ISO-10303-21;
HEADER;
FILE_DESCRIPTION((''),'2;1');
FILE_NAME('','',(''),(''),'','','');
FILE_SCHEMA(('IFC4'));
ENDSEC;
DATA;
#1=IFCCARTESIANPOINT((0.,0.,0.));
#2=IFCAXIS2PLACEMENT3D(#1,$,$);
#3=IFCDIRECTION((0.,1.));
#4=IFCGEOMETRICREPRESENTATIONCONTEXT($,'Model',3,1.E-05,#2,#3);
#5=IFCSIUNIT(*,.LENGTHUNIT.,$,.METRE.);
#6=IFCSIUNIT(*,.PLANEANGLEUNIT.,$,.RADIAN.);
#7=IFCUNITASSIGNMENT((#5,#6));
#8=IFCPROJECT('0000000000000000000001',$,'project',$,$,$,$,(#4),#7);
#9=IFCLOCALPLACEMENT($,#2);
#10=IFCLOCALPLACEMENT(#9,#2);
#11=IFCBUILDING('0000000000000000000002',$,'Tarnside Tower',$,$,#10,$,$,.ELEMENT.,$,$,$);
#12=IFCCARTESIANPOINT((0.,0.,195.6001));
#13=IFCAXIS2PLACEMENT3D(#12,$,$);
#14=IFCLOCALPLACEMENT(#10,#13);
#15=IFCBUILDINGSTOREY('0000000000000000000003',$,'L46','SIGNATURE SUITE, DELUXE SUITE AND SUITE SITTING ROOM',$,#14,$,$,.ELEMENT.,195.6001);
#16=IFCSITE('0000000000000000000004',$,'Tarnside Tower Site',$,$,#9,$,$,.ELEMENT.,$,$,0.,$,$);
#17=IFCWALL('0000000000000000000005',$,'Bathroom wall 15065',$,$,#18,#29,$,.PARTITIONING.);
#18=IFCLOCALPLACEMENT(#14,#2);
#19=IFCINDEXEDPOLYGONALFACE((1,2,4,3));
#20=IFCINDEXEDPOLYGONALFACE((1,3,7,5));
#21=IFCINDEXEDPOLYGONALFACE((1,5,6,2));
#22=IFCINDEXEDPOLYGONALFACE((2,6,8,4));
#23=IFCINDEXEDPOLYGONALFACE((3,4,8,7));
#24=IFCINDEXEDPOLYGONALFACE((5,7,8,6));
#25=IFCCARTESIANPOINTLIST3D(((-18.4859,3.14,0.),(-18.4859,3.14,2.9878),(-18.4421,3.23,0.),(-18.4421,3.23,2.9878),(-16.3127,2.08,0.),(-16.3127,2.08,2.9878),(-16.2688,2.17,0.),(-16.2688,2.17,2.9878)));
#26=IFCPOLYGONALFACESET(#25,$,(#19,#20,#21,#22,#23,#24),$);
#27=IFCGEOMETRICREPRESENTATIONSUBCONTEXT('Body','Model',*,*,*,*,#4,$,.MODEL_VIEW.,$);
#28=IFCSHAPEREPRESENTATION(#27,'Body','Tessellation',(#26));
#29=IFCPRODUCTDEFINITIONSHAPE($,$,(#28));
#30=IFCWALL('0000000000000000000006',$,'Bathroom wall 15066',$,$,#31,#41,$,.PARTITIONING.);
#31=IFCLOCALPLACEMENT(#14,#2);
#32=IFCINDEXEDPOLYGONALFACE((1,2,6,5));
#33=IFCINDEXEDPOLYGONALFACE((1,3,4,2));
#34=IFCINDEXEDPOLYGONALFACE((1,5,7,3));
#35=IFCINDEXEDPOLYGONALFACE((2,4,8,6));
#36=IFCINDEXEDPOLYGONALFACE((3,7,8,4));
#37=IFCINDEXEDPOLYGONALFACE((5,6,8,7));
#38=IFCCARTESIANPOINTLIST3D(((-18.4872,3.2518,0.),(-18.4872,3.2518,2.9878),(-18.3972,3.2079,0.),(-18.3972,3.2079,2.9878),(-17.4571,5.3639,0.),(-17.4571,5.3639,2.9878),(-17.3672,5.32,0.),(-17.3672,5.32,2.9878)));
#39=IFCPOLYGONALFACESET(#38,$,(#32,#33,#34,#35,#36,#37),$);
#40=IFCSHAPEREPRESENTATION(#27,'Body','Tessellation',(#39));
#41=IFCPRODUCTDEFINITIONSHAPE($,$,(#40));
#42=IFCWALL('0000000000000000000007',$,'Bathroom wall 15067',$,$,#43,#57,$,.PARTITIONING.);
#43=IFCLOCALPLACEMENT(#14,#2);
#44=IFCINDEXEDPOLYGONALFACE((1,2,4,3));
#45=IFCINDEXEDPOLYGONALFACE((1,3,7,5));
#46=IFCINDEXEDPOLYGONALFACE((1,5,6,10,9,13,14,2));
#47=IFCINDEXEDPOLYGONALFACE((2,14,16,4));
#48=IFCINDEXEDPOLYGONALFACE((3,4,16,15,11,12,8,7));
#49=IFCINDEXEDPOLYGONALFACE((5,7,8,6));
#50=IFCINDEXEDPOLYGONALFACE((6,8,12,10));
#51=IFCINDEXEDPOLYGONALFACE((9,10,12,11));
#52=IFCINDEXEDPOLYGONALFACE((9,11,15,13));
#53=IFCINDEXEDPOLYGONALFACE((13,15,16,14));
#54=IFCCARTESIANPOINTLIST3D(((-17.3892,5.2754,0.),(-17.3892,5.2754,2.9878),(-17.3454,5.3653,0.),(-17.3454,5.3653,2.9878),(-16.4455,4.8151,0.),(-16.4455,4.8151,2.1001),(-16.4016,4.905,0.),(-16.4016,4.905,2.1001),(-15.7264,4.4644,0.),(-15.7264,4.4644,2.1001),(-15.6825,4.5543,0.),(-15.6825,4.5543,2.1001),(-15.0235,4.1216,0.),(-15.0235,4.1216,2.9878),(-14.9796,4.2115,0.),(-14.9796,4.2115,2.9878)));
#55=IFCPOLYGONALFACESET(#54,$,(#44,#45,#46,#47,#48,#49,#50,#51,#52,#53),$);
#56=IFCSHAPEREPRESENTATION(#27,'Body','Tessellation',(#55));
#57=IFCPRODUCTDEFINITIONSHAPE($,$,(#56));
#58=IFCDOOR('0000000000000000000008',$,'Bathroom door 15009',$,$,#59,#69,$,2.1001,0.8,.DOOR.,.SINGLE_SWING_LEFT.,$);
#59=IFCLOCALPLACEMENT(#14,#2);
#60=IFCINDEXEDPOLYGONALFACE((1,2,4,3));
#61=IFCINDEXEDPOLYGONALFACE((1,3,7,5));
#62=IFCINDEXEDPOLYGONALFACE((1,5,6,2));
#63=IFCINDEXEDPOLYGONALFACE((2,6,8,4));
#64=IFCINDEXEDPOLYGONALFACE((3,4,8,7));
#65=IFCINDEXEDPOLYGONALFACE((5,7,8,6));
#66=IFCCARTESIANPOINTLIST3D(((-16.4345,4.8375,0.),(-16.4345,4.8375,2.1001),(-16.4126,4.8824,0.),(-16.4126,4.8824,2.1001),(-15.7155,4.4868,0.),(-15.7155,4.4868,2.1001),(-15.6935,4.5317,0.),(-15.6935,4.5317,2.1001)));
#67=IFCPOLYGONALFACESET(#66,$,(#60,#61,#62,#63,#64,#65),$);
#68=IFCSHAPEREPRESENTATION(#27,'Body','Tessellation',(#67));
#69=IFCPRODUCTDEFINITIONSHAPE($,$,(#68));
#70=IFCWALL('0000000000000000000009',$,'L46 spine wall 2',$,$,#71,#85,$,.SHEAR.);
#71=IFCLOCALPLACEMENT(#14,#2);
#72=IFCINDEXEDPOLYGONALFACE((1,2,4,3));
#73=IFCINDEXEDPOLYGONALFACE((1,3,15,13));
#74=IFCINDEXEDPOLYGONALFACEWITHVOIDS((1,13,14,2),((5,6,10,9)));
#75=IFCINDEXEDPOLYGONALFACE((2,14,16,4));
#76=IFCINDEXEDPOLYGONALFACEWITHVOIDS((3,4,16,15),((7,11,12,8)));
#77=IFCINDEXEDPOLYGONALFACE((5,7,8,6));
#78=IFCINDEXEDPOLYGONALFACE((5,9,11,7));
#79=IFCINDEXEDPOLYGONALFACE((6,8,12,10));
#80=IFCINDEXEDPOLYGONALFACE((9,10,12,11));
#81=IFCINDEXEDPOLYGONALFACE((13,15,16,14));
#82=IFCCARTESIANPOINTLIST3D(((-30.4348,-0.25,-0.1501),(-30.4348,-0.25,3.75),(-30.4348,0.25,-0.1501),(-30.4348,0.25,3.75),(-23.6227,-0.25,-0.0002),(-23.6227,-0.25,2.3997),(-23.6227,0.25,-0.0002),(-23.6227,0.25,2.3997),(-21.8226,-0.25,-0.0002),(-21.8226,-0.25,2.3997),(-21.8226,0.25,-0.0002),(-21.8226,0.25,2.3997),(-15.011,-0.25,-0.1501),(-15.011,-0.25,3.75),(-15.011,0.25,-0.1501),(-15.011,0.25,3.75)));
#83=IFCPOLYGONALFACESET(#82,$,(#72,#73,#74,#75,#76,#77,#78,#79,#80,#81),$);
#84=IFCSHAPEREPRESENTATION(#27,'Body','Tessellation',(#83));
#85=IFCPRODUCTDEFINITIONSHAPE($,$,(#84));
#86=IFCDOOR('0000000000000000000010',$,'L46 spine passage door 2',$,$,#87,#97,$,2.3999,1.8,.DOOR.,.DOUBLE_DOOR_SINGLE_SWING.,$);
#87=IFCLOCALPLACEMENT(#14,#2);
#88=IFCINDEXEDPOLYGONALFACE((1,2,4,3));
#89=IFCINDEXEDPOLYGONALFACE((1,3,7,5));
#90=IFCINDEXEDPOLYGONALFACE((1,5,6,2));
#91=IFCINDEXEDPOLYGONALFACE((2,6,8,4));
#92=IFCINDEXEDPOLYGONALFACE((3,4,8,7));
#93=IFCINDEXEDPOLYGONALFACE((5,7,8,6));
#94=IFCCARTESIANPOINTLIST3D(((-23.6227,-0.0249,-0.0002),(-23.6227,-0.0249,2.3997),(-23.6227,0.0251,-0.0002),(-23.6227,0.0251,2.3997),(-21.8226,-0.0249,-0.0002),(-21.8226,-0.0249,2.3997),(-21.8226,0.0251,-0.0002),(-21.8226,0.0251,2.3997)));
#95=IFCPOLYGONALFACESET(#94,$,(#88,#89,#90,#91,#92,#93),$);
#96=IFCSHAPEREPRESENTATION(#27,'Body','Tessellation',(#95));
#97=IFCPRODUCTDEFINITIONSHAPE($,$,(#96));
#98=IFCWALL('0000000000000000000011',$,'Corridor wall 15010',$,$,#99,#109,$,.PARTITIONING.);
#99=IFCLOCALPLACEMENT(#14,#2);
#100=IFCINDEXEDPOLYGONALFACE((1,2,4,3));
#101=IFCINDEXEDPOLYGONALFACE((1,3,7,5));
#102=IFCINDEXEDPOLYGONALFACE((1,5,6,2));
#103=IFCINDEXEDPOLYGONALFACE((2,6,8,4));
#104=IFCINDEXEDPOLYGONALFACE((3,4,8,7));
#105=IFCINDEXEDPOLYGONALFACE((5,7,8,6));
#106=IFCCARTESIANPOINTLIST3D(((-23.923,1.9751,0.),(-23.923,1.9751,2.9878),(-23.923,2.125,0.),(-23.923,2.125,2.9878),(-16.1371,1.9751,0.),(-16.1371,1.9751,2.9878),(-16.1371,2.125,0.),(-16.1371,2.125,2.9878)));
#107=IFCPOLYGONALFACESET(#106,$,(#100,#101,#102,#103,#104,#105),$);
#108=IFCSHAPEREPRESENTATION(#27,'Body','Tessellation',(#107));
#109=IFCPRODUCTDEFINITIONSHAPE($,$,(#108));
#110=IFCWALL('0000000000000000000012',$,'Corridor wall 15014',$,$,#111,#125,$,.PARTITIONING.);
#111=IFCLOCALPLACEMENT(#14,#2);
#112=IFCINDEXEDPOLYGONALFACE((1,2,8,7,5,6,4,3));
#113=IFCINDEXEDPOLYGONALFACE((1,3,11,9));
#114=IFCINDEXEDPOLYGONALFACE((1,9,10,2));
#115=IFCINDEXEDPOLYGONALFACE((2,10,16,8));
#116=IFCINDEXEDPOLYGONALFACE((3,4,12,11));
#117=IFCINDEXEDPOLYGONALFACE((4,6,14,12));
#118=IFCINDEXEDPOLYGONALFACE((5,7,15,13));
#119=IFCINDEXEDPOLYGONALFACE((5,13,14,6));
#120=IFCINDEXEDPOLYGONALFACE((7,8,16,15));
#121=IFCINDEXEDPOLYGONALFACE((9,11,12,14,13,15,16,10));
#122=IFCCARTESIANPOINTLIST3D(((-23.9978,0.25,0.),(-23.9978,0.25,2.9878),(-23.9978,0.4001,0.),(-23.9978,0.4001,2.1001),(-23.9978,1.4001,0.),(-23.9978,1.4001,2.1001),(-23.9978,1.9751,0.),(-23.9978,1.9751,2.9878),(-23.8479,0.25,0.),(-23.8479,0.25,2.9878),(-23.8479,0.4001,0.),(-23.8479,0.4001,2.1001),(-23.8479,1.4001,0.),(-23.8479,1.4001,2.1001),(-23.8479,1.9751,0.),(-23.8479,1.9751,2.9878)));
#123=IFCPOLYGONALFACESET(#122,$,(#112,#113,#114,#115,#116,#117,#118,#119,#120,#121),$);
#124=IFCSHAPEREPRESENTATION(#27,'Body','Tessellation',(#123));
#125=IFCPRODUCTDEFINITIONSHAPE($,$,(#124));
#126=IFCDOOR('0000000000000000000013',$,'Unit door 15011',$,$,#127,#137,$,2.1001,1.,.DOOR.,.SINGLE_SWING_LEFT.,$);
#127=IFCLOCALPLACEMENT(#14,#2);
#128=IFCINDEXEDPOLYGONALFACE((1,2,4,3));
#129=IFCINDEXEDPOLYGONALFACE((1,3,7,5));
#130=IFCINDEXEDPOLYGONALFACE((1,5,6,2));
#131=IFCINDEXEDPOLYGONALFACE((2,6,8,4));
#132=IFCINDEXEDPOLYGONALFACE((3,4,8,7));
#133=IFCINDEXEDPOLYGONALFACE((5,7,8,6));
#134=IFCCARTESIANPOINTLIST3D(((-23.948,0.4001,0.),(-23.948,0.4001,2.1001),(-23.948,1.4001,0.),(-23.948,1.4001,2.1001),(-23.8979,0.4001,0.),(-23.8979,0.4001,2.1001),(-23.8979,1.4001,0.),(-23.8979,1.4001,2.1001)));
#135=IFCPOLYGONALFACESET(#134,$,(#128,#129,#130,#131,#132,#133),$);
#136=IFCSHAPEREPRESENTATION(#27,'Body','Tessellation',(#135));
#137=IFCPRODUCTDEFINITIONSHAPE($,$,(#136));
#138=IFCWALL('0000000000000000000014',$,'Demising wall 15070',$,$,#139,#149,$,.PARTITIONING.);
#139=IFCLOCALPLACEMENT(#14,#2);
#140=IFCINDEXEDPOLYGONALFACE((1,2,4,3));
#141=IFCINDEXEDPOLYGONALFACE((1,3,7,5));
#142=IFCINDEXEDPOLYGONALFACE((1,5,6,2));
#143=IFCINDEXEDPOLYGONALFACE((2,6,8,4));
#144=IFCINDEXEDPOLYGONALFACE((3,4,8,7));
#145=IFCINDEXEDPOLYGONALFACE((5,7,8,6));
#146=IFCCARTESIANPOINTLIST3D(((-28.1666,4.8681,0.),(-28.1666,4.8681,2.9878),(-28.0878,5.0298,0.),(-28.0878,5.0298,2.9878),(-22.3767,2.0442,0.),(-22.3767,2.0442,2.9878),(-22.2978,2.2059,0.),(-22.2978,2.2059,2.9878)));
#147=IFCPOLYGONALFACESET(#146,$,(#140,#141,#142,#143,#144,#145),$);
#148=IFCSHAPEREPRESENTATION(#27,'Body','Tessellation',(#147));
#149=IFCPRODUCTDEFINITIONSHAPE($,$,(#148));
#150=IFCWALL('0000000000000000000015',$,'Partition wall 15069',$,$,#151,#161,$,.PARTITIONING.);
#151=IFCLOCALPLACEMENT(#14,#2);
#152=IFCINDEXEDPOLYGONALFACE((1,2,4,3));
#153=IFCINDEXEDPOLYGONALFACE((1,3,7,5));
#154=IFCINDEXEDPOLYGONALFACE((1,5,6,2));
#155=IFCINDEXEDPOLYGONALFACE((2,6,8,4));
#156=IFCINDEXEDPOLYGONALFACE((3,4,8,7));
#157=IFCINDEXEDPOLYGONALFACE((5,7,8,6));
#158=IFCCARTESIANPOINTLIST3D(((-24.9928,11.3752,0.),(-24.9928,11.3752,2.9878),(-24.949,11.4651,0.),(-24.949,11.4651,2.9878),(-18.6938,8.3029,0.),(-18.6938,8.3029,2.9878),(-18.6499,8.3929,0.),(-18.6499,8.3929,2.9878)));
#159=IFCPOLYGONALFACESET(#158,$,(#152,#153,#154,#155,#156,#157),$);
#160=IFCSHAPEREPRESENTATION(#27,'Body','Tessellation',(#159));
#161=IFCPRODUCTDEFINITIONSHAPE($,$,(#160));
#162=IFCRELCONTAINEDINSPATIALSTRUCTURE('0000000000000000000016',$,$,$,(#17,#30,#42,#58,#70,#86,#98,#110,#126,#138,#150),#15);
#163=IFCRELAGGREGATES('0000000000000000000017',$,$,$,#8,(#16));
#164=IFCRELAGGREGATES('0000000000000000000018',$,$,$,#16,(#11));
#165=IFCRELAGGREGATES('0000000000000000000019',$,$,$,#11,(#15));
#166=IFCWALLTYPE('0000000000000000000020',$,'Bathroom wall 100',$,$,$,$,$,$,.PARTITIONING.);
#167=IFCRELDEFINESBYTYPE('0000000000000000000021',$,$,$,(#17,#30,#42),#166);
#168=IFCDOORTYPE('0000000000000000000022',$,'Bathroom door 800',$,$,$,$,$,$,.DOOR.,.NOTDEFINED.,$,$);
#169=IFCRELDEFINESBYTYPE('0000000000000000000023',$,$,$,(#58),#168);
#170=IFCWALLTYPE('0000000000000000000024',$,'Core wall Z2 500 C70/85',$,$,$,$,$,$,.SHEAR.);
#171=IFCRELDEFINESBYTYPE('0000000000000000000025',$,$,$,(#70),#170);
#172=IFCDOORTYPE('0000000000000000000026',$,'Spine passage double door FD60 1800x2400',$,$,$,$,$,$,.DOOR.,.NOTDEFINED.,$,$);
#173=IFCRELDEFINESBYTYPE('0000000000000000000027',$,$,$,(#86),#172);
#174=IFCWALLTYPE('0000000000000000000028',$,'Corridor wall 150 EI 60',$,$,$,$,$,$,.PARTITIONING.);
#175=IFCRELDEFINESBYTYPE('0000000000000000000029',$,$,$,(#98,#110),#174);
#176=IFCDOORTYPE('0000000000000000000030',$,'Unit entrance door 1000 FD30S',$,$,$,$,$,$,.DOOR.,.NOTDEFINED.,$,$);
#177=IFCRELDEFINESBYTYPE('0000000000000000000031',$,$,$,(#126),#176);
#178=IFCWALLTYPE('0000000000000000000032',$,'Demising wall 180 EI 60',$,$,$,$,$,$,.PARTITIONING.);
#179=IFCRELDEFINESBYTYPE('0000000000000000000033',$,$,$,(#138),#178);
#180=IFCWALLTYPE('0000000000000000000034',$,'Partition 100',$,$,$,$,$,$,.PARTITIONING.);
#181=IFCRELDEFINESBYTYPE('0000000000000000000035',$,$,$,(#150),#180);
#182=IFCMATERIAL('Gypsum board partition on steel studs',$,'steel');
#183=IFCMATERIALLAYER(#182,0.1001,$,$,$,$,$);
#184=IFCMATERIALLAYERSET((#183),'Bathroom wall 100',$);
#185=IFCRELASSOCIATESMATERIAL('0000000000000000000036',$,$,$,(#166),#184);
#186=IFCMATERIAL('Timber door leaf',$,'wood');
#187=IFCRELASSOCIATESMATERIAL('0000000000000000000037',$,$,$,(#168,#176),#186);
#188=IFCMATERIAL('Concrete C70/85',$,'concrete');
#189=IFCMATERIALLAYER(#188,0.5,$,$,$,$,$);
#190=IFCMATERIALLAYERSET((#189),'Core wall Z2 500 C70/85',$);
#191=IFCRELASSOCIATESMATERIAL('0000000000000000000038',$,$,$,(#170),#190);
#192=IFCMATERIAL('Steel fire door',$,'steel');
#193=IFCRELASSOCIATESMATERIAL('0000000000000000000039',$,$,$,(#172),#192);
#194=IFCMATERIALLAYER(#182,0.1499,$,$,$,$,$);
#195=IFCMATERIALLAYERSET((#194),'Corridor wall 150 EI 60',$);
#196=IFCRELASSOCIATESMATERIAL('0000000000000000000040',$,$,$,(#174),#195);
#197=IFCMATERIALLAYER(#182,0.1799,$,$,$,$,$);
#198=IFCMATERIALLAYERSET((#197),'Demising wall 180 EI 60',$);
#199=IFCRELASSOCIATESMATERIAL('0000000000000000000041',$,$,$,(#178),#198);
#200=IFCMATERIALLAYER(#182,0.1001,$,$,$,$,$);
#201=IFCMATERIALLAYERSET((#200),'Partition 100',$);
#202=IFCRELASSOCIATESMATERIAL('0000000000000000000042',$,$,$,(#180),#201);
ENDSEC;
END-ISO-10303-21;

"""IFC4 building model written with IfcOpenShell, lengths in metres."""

from ifc_helpers import new_model, si_unit, direction, frame, frame_2d, origin, place, context, subcontext, project, spatial, rectangle, extrude, material, layer, layer_set, type_object, element, fill, save


model = new_model("IFC4")

# Units and contexts
model_context = context("Model", 3, precision=1e-05, world=origin(), true_north=direction((0.0, 1.0)))
body_context = subcontext(model_context, "Body", "Model", "MODEL_VIEW")
ifc_project = project(units=[si_unit("LENGTHUNIT", "METRE"), si_unit("PLANEANGLEUNIT", "RADIAN")], contexts=[model_context])

# Site, building, storey
site_placement = place(None, origin())
site = spatial("IfcSite", under=ifc_project, at=site_placement, Name="Tarnside Tower Site", CompositionType="ELEMENT", RefElevation=0.0)
building_placement = place(site_placement, origin())
building = spatial("IfcBuilding", under=site, at=building_placement, Name="Tarnside Tower", CompositionType="ELEMENT")
storey_placement = place(building_placement, frame((0.0, 0.0, 195.6001)))
storey = spatial("IfcBuildingStorey", under=building, at=storey_placement, Name="L46", Description="SIGNATURE SUITE, DELUXE SUITE AND SUITE SITTING ROOM", CompositionType="ELEMENT", Elevation=195.6001)

# Walls
ifc_material_1 = material(Name="Gypsum board partition on steel studs", Category="steel")
ifc_layer_1 = layer(ifc_material_1, 0.1001)
ifc_layer_set_1 = layer_set([ifc_layer_1], Name="Bathroom wall 100")
wall_type_1 = type_object("IfcWallType", Name="Bathroom wall 100", PredefinedType="PARTITIONING", material=ifc_layer_set_1)
wall_1_placement = place(storey_placement, frame((-16.2908, 2.125, 0.0), z_axis=(0.0, 0.0, 1.0), x_axis=(-0.898786, 0.438388, 0.0)))
element("IfcWall", 1, at=wall_1_placement, inside=storey, type_object=wall_type_1, Name="Bathroom wall 15065", PredefinedType="PARTITIONING", context=body_context, shape_type="SweptSolid", body=[
    extrude(rectangle(XDim=2.418, YDim=0.1001, at=frame_2d((1.209, 0.0))), origin(), (0.0, 0.0, 1.0), 2.9878),
])
wall_2_placement = place(storey_placement, frame((-18.4421, 3.23, 0.0), z_axis=(0.0, 0.0, 1.0), x_axis=(0.43834, 0.898809, 0.0)))
element("IfcWall", 2, at=wall_2_placement, inside=storey, type_object=wall_type_1, Name="Bathroom wall 15066", PredefinedType="PARTITIONING", context=body_context, shape_type="SweptSolid", body=[
    extrude(rectangle(XDim=2.3499, YDim=0.1001, at=frame_2d((1.1748, 0.0))), origin(), (0.0, 0.0, 1.0), 2.9878),
])

# Walls, openings, doors
wall_3_placement = place(storey_placement, frame((-17.3672, 5.3203, 0.0), z_axis=(0.0, 0.0, 1.0), x_axis=(0.898799, -0.438361, 0.0)))
wall_3 = element("IfcWall", 3, at=wall_3_placement, inside=storey, type_object=wall_type_1, Name="Bathroom wall 15067", PredefinedType="PARTITIONING", context=body_context, shape_type="SweptSolid", body=[
    extrude(rectangle(XDim=2.6321, YDim=0.1001, at=frame_2d((1.3159, 0.0))), origin(), (0.0, 0.0, 1.0), 2.9878),
])
opening_1_placement = place(wall_3_placement, frame((1.05, 0.0, 0.0)))
opening_1 = element("IfcOpeningElement", 4, at=opening_1_placement, cuts=wall_3, PredefinedType="OPENING", context=body_context, shape_type="SweptSolid", body=[
    extrude(rectangle(XDim=0.8, YDim=2.1001, at=frame_2d((0.3999, 1.05))), frame((0.0, 0.0601, 0.0), z_axis=(0.0, -1.0, 0.0), x_axis=(1.0, 0.0, 0.0)), (0.0, 0.0, 1.0), 0.1201),
])
ifc_material_2 = material(Name="Timber door leaf", Category="wood")
door_type_1 = type_object("IfcDoorType", Name="Bathroom door 800", OperationType="NOTDEFINED", PredefinedType="DOOR", material=ifc_material_2)
door_1_placement = place(opening_1_placement, origin())
door_1 = element("IfcDoor", 5, at=door_1_placement, inside=storey, type_object=door_type_1, Name="Bathroom door 15009", OperationType="SINGLE_SWING_LEFT", OverallHeight=2.1001, OverallWidth=0.8, PredefinedType="DOOR", context=body_context, shape_type="SweptSolid", body=[
    extrude(rectangle(XDim=0.8, YDim=2.1001, at=frame_2d((0.3999, 1.05))), frame((0.0, 0.0249, 0.0), z_axis=(0.0, -1.0, 0.0), x_axis=(1.0, 0.0, 0.0)), (0.0, 0.0, 1.0), 0.05),
])
fill(opening_1, door_1)
ifc_material_3 = material(Name="Concrete C70/85", Category="concrete")
ifc_layer_2 = layer(ifc_material_3, 0.5)
ifc_layer_set_2 = layer_set([ifc_layer_2], Name="Core wall Z2 500 C70/85")
wall_type_2 = type_object("IfcWallType", Name="Core wall Z2 500 C70/85", PredefinedType="SHEAR", material=ifc_layer_set_2)
wall_4_placement = place(storey_placement, frame((-15.011, 0.0, -0.1501), z_axis=(0.0, 0.0, 1.0), x_axis=(-1.0, 0.0, 0.0)))
wall_4 = element("IfcWall", 6, at=wall_4_placement, inside=storey, type_object=wall_type_2, Name="L46 spine wall 2", PredefinedType="SHEAR", context=body_context, shape_type="SweptSolid", body=[
    extrude(rectangle(XDim=15.4238, YDim=0.5, at=frame_2d((7.7119, 0.0))), origin(), (0.0, 0.0, 1.0), 3.9001),
])
opening_2_placement = place(wall_4_placement, frame((6.8118, 0.0, 0.1499)))
opening_2 = element("IfcOpeningElement", 7, at=opening_2_placement, cuts=wall_4, PredefinedType="OPENING", context=body_context, shape_type="SweptSolid", body=[
    extrude(rectangle(XDim=1.8, YDim=2.3999, at=frame_2d((0.8999, 1.2))), frame((0.0, 0.26, 0.0), z_axis=(0.0, -1.0, 0.0), x_axis=(1.0, 0.0, 0.0)), (0.0, 0.0, 1.0), 0.52),
])
ifc_material_4 = material(Name="Steel fire door", Category="steel")
door_type_2 = type_object("IfcDoorType", Name="Spine passage double door FD60 1800x2400", OperationType="NOTDEFINED", PredefinedType="DOOR", material=ifc_material_4)
door_2_placement = place(opening_2_placement, origin())
door_2 = element("IfcDoor", 8, at=door_2_placement, inside=storey, type_object=door_type_2, Name="L46 spine passage door 2", OperationType="DOUBLE_DOOR_SINGLE_SWING", OverallHeight=2.3999, OverallWidth=1.8, PredefinedType="DOOR", context=body_context, shape_type="SweptSolid", body=[
    extrude(rectangle(XDim=1.8, YDim=2.3999, at=frame_2d((0.8999, 1.2))), frame((0.0, 0.0249, 0.0), z_axis=(0.0, -1.0, 0.0), x_axis=(1.0, 0.0, 0.0)), (0.0, 0.0, 1.0), 0.05),
])
fill(opening_2, door_2)

# Wall
ifc_layer_3 = layer(ifc_material_1, 0.1499)
ifc_layer_set_3 = layer_set([ifc_layer_3], Name="Corridor wall 150 EI 60")
wall_type_3 = type_object("IfcWallType", Name="Corridor wall 150 EI 60", PredefinedType="PARTITIONING", material=ifc_layer_set_3)
wall_5_placement = place(storey_placement, frame((-16.137, 2.05, 0.0), z_axis=(0.0, 0.0, 1.0), x_axis=(-1.0, 0.0, 0.0)))
element("IfcWall", 9, at=wall_5_placement, inside=storey, type_object=wall_type_3, Name="Corridor wall 15010", PredefinedType="PARTITIONING", context=body_context, shape_type="SweptSolid", body=[
    extrude(rectangle(XDim=7.7859, YDim=0.1499, at=frame_2d((3.8931, 0.0))), origin(), (0.0, 0.0, 1.0), 2.9878),
])

# Wall, opening, door
wall_6_placement = place(storey_placement, frame((-23.9229, 1.9751, 0.0), z_axis=(0.0, 0.0, 1.0), x_axis=(0.0, -1.0, 0.0)))
wall_6 = element("IfcWall", 10, at=wall_6_placement, inside=storey, type_object=wall_type_3, Name="Corridor wall 15014", PredefinedType="PARTITIONING", context=body_context, shape_type="SweptSolid", body=[
    extrude(rectangle(XDim=1.7251, YDim=0.1499, at=frame_2d((0.8625, 0.0))), origin(), (0.0, 0.0, 1.0), 2.9878),
])
opening_3_placement = place(wall_6_placement, frame((0.575, 0.0, 0.0)))
opening_3 = element("IfcOpeningElement", 11, at=opening_3_placement, cuts=wall_6, PredefinedType="OPENING", context=body_context, shape_type="SweptSolid", body=[
    extrude(rectangle(XDim=1.0, YDim=2.1001, at=frame_2d((0.5, 1.05))), frame((0.0, 0.085, 0.0), z_axis=(0.0, -1.0, 0.0), x_axis=(1.0, 0.0, 0.0)), (0.0, 0.0, 1.0), 0.1699),
])
door_type_3 = type_object("IfcDoorType", Name="Unit entrance door 1000 FD30S", OperationType="NOTDEFINED", PredefinedType="DOOR", material=ifc_material_2)
door_3_placement = place(opening_3_placement, origin())
door_3 = element("IfcDoor", 12, at=door_3_placement, inside=storey, type_object=door_type_3, Name="Unit door 15011", OperationType="SINGLE_SWING_LEFT", OverallHeight=2.1001, OverallWidth=1.0, PredefinedType="DOOR", context=body_context, shape_type="SweptSolid", body=[
    extrude(rectangle(XDim=1.0, YDim=2.1001, at=frame_2d((0.5, 1.05))), frame((0.0, 0.0249, 0.0), z_axis=(0.0, -1.0, 0.0), x_axis=(1.0, 0.0, 0.0)), (0.0, 0.0, 1.0), 0.05),
])
fill(opening_3, door_3)

# Walls
ifc_layer_4 = layer(ifc_material_1, 0.1799)
ifc_layer_set_4 = layer_set([ifc_layer_4], Name="Demising wall 180 EI 60")
wall_type_4 = type_object("IfcWallType", Name="Demising wall 180 EI 60", PredefinedType="PARTITIONING", material=ifc_layer_set_4)
wall_7_placement = place(storey_placement, frame((-28.1272, 4.949, 0.0), z_axis=(0.0, 0.0, 1.0), x_axis=(0.898795, -0.438369, 0.0)))
element("IfcWall", 13, at=wall_7_placement, inside=storey, type_object=wall_type_4, Name="Demising wall 15070", PredefinedType="PARTITIONING", context=body_context, shape_type="SweptSolid", body=[
    extrude(rectangle(XDim=6.4419, YDim=0.1799, at=frame_2d((3.2209, 0.0))), origin(), (0.0, 0.0, 1.0), 2.9878),
])
ifc_layer_5 = layer(ifc_material_1, 0.1001)
ifc_layer_set_5 = layer_set([ifc_layer_5], Name="Partition 100")
wall_type_5 = type_object("IfcWallType", Name="Partition 100", PredefinedType="PARTITIONING", material=ifc_layer_set_5)
wall_8_placement = place(storey_placement, frame((-18.6719, 8.3479, 0.0), z_axis=(0.0, 0.0, 1.0), x_axis=(-0.898794, 0.438371, 0.0)))
element("IfcWall", 14, at=wall_8_placement, inside=storey, type_object=wall_type_5, Name="Partition wall 15069", PredefinedType="PARTITIONING", context=body_context, shape_type="SweptSolid", body=[
    extrude(rectangle(XDim=7.0083, YDim=0.1001, at=frame_2d((3.5042, 0.0))), origin(), (0.0, 0.0, 1.0), 2.9878),
])

save(model, "model.ifc")
